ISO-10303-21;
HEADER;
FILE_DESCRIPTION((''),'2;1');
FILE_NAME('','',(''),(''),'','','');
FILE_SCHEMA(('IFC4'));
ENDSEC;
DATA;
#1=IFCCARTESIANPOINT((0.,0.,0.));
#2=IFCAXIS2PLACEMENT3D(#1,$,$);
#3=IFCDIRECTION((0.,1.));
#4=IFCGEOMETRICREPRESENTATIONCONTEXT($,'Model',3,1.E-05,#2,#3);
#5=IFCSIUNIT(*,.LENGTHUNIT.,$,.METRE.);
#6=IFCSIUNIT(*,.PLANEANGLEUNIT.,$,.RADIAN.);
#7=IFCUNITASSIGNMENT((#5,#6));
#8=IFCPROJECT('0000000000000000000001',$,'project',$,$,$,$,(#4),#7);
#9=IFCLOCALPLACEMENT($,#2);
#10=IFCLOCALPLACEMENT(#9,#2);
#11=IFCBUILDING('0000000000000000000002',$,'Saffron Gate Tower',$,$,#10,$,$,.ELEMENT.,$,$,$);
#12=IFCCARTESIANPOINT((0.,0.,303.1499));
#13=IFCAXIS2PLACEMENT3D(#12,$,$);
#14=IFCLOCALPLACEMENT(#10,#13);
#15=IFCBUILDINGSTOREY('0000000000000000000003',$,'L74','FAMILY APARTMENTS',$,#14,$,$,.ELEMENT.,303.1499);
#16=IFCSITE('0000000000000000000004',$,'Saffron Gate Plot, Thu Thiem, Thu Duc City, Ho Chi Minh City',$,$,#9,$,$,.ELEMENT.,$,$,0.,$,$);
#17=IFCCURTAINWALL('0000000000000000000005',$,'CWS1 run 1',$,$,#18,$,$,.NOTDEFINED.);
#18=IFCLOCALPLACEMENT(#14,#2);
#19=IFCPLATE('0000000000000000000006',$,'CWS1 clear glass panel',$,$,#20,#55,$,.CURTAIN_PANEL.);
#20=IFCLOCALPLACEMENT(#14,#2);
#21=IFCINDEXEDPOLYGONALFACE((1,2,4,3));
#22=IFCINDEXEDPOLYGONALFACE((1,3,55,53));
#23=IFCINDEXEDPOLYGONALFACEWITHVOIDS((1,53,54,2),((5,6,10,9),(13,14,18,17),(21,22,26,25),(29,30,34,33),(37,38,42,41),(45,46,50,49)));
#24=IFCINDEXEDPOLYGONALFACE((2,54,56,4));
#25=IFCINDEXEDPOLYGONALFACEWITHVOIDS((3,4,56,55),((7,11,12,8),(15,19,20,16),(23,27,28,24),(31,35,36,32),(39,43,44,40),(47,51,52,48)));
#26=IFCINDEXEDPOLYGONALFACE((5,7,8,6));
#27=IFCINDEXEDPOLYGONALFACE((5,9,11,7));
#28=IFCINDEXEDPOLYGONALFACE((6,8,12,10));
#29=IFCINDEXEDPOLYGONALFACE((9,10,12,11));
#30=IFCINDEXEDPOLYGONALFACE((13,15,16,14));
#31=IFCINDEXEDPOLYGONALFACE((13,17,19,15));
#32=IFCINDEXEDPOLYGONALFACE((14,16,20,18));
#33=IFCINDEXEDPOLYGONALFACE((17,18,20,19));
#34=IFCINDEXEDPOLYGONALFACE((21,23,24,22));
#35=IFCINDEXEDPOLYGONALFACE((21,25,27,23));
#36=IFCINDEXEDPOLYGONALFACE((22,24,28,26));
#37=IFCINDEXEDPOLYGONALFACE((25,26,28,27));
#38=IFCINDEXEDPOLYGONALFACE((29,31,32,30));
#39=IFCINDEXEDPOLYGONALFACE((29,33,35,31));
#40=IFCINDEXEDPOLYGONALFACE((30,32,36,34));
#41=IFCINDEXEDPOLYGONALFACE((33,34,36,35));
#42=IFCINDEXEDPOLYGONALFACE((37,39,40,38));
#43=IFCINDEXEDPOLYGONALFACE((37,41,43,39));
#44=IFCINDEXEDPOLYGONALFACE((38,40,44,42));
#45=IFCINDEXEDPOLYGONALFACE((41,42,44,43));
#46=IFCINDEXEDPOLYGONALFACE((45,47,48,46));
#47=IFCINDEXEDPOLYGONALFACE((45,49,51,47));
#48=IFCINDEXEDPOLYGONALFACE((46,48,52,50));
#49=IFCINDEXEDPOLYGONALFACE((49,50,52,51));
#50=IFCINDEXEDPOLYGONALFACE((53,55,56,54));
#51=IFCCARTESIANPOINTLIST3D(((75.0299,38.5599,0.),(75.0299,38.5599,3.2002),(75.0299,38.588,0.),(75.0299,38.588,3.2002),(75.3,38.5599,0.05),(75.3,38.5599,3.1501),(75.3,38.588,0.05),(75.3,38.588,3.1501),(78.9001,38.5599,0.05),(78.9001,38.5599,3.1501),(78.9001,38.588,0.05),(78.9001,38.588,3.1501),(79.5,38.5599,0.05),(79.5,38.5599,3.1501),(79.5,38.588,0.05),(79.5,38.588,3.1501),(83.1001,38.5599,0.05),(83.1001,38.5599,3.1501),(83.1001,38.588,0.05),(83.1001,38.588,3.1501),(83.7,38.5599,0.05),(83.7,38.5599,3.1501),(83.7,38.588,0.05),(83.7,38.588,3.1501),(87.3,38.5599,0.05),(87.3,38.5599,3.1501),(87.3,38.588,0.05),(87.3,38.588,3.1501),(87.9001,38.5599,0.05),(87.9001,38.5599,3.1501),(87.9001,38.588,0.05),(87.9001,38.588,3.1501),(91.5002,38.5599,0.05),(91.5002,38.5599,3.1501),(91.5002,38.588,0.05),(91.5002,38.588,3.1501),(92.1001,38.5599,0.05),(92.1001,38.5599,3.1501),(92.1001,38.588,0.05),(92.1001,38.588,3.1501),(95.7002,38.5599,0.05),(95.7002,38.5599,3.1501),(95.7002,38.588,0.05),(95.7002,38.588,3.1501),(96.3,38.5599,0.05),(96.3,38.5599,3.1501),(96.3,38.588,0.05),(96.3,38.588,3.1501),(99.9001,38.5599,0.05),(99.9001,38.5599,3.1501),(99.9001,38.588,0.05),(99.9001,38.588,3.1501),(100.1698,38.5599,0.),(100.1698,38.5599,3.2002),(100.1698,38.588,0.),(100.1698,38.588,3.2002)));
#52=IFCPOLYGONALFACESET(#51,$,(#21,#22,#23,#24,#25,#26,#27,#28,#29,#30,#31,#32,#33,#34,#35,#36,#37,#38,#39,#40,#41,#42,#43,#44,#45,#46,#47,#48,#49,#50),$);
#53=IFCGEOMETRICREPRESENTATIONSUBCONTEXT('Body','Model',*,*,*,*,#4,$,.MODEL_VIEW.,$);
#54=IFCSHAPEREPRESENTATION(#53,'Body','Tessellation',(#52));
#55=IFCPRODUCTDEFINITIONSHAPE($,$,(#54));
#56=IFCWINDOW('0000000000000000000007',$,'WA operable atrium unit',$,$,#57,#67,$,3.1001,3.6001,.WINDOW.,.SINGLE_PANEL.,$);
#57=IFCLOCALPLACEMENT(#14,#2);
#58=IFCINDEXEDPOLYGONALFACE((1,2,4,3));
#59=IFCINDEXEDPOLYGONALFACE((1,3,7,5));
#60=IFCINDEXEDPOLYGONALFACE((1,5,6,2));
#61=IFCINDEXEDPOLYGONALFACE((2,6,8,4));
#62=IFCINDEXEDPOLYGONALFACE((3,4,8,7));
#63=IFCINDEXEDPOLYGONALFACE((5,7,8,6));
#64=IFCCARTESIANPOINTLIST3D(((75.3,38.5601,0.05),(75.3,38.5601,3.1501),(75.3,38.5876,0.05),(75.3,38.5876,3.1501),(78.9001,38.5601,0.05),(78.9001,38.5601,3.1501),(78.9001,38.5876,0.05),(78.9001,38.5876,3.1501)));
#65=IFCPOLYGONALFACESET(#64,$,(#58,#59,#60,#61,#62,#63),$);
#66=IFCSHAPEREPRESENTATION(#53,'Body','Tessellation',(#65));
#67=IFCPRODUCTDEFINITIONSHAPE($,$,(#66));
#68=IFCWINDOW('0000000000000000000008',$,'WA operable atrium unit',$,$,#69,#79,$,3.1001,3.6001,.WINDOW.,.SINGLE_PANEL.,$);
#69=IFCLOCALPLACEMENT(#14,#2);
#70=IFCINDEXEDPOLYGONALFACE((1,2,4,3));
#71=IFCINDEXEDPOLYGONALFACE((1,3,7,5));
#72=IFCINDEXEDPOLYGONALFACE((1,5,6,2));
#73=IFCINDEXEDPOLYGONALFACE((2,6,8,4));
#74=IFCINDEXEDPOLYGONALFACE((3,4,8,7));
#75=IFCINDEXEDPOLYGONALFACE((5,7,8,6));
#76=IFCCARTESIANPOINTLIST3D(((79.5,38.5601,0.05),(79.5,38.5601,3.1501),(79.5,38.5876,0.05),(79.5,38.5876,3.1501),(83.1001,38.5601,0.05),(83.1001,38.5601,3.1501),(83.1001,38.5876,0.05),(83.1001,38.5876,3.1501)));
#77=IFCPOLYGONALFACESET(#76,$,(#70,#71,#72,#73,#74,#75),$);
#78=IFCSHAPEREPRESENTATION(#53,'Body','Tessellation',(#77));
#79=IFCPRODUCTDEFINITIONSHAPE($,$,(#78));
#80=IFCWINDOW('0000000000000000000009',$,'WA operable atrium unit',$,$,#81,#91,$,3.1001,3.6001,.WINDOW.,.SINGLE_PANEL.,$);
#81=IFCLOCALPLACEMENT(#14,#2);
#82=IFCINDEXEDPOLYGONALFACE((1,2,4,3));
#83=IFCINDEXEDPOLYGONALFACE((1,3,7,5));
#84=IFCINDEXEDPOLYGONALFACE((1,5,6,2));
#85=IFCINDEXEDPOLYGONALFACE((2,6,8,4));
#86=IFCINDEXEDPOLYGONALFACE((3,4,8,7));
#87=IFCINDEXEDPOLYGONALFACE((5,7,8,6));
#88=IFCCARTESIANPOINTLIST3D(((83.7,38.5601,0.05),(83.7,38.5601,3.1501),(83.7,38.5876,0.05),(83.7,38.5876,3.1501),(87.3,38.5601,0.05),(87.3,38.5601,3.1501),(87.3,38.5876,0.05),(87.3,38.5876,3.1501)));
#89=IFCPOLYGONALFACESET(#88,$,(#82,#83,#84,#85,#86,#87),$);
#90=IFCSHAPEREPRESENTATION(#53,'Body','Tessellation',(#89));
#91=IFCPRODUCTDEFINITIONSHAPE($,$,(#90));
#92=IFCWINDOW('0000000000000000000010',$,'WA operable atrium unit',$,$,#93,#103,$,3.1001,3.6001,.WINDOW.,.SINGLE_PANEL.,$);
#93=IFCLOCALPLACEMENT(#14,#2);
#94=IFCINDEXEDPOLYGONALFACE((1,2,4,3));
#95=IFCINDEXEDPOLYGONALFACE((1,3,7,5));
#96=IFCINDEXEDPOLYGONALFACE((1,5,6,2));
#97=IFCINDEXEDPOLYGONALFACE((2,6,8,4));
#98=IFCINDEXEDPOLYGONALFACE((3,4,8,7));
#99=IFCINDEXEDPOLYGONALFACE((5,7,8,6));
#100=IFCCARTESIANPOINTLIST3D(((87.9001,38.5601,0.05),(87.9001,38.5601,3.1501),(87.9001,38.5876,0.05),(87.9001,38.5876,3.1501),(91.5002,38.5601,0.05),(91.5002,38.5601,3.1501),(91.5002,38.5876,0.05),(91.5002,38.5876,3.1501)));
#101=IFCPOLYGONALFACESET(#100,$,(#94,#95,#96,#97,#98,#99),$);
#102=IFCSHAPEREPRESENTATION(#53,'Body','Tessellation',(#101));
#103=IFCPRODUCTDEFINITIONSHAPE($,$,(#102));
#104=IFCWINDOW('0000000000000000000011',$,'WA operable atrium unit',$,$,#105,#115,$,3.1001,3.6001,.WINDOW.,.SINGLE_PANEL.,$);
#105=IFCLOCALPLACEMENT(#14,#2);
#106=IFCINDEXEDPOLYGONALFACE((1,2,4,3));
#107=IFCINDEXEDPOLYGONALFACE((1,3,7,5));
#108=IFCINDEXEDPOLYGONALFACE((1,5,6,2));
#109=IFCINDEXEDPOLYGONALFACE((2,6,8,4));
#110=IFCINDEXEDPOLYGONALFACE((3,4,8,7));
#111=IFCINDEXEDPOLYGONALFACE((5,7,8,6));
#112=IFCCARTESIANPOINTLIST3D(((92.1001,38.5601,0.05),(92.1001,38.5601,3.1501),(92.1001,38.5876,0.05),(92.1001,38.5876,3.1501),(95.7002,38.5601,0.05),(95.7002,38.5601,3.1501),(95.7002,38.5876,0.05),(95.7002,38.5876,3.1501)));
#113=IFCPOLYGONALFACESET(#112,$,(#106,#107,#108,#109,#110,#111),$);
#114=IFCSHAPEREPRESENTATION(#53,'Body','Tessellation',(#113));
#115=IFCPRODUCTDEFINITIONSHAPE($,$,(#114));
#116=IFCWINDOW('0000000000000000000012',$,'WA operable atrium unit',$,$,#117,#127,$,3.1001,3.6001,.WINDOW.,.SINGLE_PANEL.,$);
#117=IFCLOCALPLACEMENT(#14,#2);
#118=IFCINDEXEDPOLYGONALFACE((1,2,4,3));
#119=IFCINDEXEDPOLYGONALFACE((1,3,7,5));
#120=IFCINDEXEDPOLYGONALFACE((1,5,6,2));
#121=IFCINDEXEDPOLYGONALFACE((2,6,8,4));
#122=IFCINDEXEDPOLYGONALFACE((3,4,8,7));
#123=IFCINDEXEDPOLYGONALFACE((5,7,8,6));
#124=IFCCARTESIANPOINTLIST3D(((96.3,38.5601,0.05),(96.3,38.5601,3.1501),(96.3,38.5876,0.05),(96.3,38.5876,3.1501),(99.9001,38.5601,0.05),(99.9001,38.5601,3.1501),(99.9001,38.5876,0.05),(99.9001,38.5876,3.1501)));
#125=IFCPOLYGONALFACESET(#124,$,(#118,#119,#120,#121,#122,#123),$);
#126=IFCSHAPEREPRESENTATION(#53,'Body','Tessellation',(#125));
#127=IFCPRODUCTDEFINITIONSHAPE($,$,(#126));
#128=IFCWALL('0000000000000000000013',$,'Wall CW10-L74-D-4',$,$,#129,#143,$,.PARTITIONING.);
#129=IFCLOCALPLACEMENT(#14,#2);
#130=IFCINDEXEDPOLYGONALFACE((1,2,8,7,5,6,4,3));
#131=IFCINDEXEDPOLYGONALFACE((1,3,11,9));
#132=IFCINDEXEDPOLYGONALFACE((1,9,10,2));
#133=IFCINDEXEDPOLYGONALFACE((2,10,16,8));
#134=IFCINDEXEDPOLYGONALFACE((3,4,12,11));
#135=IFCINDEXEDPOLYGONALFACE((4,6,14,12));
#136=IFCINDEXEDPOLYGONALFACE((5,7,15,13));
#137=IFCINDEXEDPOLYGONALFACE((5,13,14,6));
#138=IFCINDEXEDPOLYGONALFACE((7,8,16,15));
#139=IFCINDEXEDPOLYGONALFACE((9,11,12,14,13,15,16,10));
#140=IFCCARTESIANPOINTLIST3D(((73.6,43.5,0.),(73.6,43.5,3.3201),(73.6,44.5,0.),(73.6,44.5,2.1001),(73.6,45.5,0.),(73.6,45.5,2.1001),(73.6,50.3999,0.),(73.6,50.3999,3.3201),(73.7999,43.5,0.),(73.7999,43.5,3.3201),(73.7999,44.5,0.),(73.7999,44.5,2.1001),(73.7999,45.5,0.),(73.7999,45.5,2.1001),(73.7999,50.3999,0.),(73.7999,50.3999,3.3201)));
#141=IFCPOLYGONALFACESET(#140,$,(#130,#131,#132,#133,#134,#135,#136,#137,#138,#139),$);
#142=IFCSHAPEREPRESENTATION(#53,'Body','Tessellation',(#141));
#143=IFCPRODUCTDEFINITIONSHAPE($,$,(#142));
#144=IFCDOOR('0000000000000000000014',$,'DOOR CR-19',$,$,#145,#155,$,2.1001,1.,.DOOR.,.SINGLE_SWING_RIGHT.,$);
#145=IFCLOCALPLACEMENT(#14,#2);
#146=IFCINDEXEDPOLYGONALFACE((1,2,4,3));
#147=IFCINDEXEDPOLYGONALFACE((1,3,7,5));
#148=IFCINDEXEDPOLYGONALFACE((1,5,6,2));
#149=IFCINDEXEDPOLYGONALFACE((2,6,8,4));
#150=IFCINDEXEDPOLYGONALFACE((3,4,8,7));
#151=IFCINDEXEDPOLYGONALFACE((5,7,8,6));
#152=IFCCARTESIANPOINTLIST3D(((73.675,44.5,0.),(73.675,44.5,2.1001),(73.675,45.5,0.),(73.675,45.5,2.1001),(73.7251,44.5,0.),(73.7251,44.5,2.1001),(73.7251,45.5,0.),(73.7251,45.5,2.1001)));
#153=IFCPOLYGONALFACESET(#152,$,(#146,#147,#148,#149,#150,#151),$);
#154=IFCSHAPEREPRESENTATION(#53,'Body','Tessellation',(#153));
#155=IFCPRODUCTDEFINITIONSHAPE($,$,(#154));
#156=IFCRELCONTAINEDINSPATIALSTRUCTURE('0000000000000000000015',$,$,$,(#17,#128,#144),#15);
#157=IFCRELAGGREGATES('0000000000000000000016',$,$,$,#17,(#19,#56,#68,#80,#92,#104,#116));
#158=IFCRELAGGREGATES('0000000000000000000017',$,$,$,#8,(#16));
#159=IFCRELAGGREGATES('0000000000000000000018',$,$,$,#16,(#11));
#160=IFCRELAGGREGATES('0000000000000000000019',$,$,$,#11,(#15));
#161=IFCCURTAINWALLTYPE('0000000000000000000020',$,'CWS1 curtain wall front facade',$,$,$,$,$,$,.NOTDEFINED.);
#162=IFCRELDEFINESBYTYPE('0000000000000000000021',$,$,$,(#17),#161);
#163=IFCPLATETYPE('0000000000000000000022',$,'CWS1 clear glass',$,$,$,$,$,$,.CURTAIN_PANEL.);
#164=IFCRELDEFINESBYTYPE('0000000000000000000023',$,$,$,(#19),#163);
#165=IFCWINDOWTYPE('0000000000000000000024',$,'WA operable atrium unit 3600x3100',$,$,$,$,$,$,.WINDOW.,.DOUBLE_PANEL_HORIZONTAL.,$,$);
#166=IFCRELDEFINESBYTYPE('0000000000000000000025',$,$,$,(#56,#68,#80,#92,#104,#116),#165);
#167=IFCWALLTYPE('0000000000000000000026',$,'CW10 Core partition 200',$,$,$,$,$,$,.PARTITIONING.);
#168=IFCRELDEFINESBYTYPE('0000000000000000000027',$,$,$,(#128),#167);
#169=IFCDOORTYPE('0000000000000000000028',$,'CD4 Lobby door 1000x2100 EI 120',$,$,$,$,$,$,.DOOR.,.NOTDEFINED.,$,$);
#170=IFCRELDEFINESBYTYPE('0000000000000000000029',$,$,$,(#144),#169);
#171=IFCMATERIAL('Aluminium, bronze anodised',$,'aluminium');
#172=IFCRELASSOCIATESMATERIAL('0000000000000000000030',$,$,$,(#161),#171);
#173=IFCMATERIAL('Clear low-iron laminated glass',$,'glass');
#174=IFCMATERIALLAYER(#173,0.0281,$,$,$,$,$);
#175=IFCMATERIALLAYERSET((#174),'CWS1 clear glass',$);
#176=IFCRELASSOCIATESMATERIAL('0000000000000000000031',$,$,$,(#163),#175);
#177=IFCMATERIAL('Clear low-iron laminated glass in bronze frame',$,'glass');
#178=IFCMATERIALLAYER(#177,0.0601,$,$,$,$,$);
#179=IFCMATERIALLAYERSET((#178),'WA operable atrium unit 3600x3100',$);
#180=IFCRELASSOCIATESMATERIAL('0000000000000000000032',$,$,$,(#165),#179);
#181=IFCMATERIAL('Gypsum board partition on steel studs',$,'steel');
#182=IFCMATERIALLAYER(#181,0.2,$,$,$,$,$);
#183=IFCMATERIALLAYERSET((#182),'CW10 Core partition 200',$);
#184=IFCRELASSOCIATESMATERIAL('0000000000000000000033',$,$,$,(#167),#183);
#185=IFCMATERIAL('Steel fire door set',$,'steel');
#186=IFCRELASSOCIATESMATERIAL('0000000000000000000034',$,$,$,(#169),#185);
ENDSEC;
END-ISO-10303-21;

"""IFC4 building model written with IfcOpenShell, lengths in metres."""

from ifc_helpers import new_model, si_unit, direction, frame, frame_2d, origin, place, context, subcontext, project, spatial, rectangle, extrude, material, layer, layer_set, type_object, element, fill, aggregate, save


model = new_model("IFC4")

# Units and contexts
model_context = context("Model", 3, precision=1e-05, world=origin(), true_north=direction((0.0, 1.0)))
body_context = subcontext(model_context, "Body", "Model", "MODEL_VIEW")
ifc_project = project(units=[si_unit("LENGTHUNIT", "METRE"), si_unit("PLANEANGLEUNIT", "RADIAN")], contexts=[model_context])

# Site, building, storey
site_placement = place(None, origin())
site = spatial("IfcSite", under=ifc_project, at=site_placement, Name="Saffron Gate Plot, Thu Thiem, Thu Duc City, Ho Chi Minh City", CompositionType="ELEMENT", RefElevation=0.0)
building_placement = place(site_placement, origin())
building = spatial("IfcBuilding", under=site, at=building_placement, Name="Saffron Gate Tower", CompositionType="ELEMENT")
storey_placement = place(building_placement, frame((0.0, 0.0, 303.1499)))
storey = spatial("IfcBuildingStorey", under=building, at=storey_placement, Name="L74", Description="FAMILY APARTMENTS", CompositionType="ELEMENT", Elevation=303.1499)

# Curtain wall, plate, openings, windows
ifc_material_1 = material(Name="Aluminium, bronze anodised", Category="aluminium")
curtain_wall_type = type_object("IfcCurtainWallType", Name="CWS1 curtain wall front facade", PredefinedType="NOTDEFINED", material=ifc_material_1)
curtain_wall_placement = place(storey_placement, origin())
curtain_wall = element("IfcCurtainWall", 1, at=curtain_wall_placement, inside=storey, type_object=curtain_wall_type, Name="CWS1 run 1", PredefinedType="NOTDEFINED")
ifc_material_2 = material(Name="Clear low-iron laminated glass", Category="glass")
ifc_layer_1 = layer(ifc_material_2, 0.0281)
ifc_layer_set_1 = layer_set([ifc_layer_1], Name="CWS1 clear glass")
plate_type = type_object("IfcPlateType", Name="CWS1 clear glass", PredefinedType="CURTAIN_PANEL", material=ifc_layer_set_1)
plate_placement = place(storey_placement, frame((75.03, 38.574, 0.0), z_axis=(0.0, 0.0, 1.0), x_axis=(1.0, 0.0, 0.0)))
plate = element("IfcPlate", 2, at=plate_placement, type_object=plate_type, Name="CWS1 clear glass panel", PredefinedType="CURTAIN_PANEL", context=body_context, shape_type="SweptSolid", body=[
    extrude(rectangle(XDim=25.1399, YDim=0.0281, at=frame_2d((12.5698, 0.0))), origin(), (0.0, 0.0, 1.0), 3.2002),
])
opening_1_placement = place(plate_placement, frame((0.27, 0.0, 0.05)))
opening_1 = element("IfcOpeningElement", 3, at=opening_1_placement, cuts=plate, PredefinedType="OPENING", context=body_context, shape_type="SweptSolid", body=[
    extrude(rectangle(XDim=3.6001, YDim=3.1001, at=frame_2d((1.8, 1.55))), frame((0.0, 0.0239, 0.0), z_axis=(0.0, -1.0, 0.0), x_axis=(1.0, 0.0, 0.0)), (0.0, 0.0, 1.0), 0.0481),
])
opening_2_placement = place(plate_placement, frame((4.47, 0.0, 0.05)))
opening_2 = element("IfcOpeningElement", 4, at=opening_2_placement, cuts=plate, PredefinedType="OPENING", context=body_context, shape_type="SweptSolid", body=[
    extrude(rectangle(XDim=3.6001, YDim=3.1001, at=frame_2d((1.8, 1.55))), frame((0.0, 0.0239, 0.0), z_axis=(0.0, -1.0, 0.0), x_axis=(1.0, 0.0, 0.0)), (0.0, 0.0, 1.0), 0.0481),
])
opening_3_placement = place(plate_placement, frame((8.6699, 0.0, 0.05)))
opening_3 = element("IfcOpeningElement", 5, at=opening_3_placement, cuts=plate, PredefinedType="OPENING", context=body_context, shape_type="SweptSolid", body=[
    extrude(rectangle(XDim=3.6001, YDim=3.1001, at=frame_2d((1.8, 1.55))), frame((0.0, 0.0239, 0.0), z_axis=(0.0, -1.0, 0.0), x_axis=(1.0, 0.0, 0.0)), (0.0, 0.0, 1.0), 0.0481),
])
opening_4_placement = place(plate_placement, frame((12.8701, 0.0, 0.05)))
opening_4 = element("IfcOpeningElement", 6, at=opening_4_placement, cuts=plate, PredefinedType="OPENING", context=body_context, shape_type="SweptSolid", body=[
    extrude(rectangle(XDim=3.6001, YDim=3.1001, at=frame_2d((1.8, 1.55))), frame((0.0, 0.0239, 0.0), z_axis=(0.0, -1.0, 0.0), x_axis=(1.0, 0.0, 0.0)), (0.0, 0.0, 1.0), 0.0481),
])
opening_5_placement = place(plate_placement, frame((17.0701, 0.0, 0.05)))
opening_5 = element("IfcOpeningElement", 7, at=opening_5_placement, cuts=plate, PredefinedType="OPENING", context=body_context, shape_type="SweptSolid", body=[
    extrude(rectangle(XDim=3.6001, YDim=3.1001, at=frame_2d((1.8, 1.55))), frame((0.0, 0.0239, 0.0), z_axis=(0.0, -1.0, 0.0), x_axis=(1.0, 0.0, 0.0)), (0.0, 0.0, 1.0), 0.0481),
])
opening_6_placement = place(plate_placement, frame((21.27, 0.0, 0.05)))
opening_6 = element("IfcOpeningElement", 8, at=opening_6_placement, cuts=plate, PredefinedType="OPENING", context=body_context, shape_type="SweptSolid", body=[
    extrude(rectangle(XDim=3.6001, YDim=3.1001, at=frame_2d((1.8, 1.55))), frame((0.0, 0.0239, 0.0), z_axis=(0.0, -1.0, 0.0), x_axis=(1.0, 0.0, 0.0)), (0.0, 0.0, 1.0), 0.0481),
])
ifc_material_3 = material(Name="Clear low-iron laminated glass in bronze frame", Category="glass")
ifc_layer_2 = layer(ifc_material_3, 0.0601)
ifc_layer_set_2 = layer_set([ifc_layer_2], Name="WA operable atrium unit 3600x3100")
window_type = type_object("IfcWindowType", Name="WA operable atrium unit 3600x3100", PartitioningType="DOUBLE_PANEL_HORIZONTAL", PredefinedType="WINDOW", material=ifc_layer_set_2)
window_1_placement = place(opening_1_placement, origin())
window_1 = element("IfcWindow", 9, at=window_1_placement, type_object=window_type, Name="WA operable atrium unit", OverallHeight=3.1001, OverallWidth=3.6001, PartitioningType="SINGLE_PANEL", PredefinedType="WINDOW", context=body_context, shape_type="SweptSolid", body=[
    extrude(rectangle(XDim=3.6001, YDim=3.1001, at=frame_2d((1.8, 1.55))), frame((0.0, 0.0137, 0.0), z_axis=(0.0, -1.0, 0.0), x_axis=(1.0, 0.0, 0.0)), (0.0, 0.0, 1.0), 0.0276),
])
fill(opening_1, window_1)
window_2_placement = place(opening_2_placement, origin())
window_2 = element("IfcWindow", 10, at=window_2_placement, type_object=window_type, Name="WA operable atrium unit", OverallHeight=3.1001, OverallWidth=3.6001, PartitioningType="SINGLE_PANEL", PredefinedType="WINDOW", context=body_context, shape_type="SweptSolid", body=[
    extrude(rectangle(XDim=3.6001, YDim=3.1001, at=frame_2d((1.8, 1.55))), frame((0.0, 0.0137, 0.0), z_axis=(0.0, -1.0, 0.0), x_axis=(1.0, 0.0, 0.0)), (0.0, 0.0, 1.0), 0.0276),
])
fill(opening_2, window_2)
window_3_placement = place(opening_3_placement, origin())
window_3 = element("IfcWindow", 11, at=window_3_placement, type_object=window_type, Name="WA operable atrium unit", OverallHeight=3.1001, OverallWidth=3.6001, PartitioningType="SINGLE_PANEL", PredefinedType="WINDOW", context=body_context, shape_type="SweptSolid", body=[
    extrude(rectangle(XDim=3.6001, YDim=3.1001, at=frame_2d((1.8, 1.55))), frame((0.0, 0.0137, 0.0), z_axis=(0.0, -1.0, 0.0), x_axis=(1.0, 0.0, 0.0)), (0.0, 0.0, 1.0), 0.0276),
])
fill(opening_3, window_3)
window_4_placement = place(opening_4_placement, origin())
window_4 = element("IfcWindow", 12, at=window_4_placement, type_object=window_type, Name="WA operable atrium unit", OverallHeight=3.1001, OverallWidth=3.6001, PartitioningType="SINGLE_PANEL", PredefinedType="WINDOW", context=body_context, shape_type="SweptSolid", body=[
    extrude(rectangle(XDim=3.6001, YDim=3.1001, at=frame_2d((1.8, 1.55))), frame((0.0, 0.0137, 0.0), z_axis=(0.0, -1.0, 0.0), x_axis=(1.0, 0.0, 0.0)), (0.0, 0.0, 1.0), 0.0276),
])
fill(opening_4, window_4)
window_5_placement = place(opening_5_placement, origin())
window_5 = element("IfcWindow", 13, at=window_5_placement, type_object=window_type, Name="WA operable atrium unit", OverallHeight=3.1001, OverallWidth=3.6001, PartitioningType="SINGLE_PANEL", PredefinedType="WINDOW", context=body_context, shape_type="SweptSolid", body=[
    extrude(rectangle(XDim=3.6001, YDim=3.1001, at=frame_2d((1.8, 1.55))), frame((0.0, 0.0137, 0.0), z_axis=(0.0, -1.0, 0.0), x_axis=(1.0, 0.0, 0.0)), (0.0, 0.0, 1.0), 0.0276),
])
fill(opening_5, window_5)
window_6_placement = place(opening_6_placement, origin())
window_6 = element("IfcWindow", 14, at=window_6_placement, type_object=window_type, Name="WA operable atrium unit", OverallHeight=3.1001, OverallWidth=3.6001, PartitioningType="SINGLE_PANEL", PredefinedType="WINDOW", context=body_context, shape_type="SweptSolid", body=[
    extrude(rectangle(XDim=3.6001, YDim=3.1001, at=frame_2d((1.8, 1.55))), frame((0.0, 0.0137, 0.0), z_axis=(0.0, -1.0, 0.0), x_axis=(1.0, 0.0, 0.0)), (0.0, 0.0, 1.0), 0.0276),
])
fill(opening_6, window_6)
aggregate(curtain_wall, [plate, window_1, window_2, window_3, window_4, window_5, window_6])

# Wall, opening, door
ifc_material_4 = material(Name="Gypsum board partition on steel studs", Category="steel")
ifc_layer_3 = layer(ifc_material_4, 0.2)
ifc_layer_set_3 = layer_set([ifc_layer_3], Name="CW10 Core partition 200")
wall_type_1 = type_object("IfcWallType", Name="CW10 Core partition 200", PredefinedType="PARTITIONING", material=ifc_layer_set_3)
wall_1_placement = place(storey_placement, frame((73.7, 43.5, 0.0), z_axis=(0.0, 0.0, 1.0), x_axis=(0.0, 1.0, 0.0)))
wall_1 = element("IfcWall", 15, at=wall_1_placement, inside=storey, type_object=wall_type_1, Name="Wall CW10-L74-D-4", PredefinedType="PARTITIONING", context=body_context, shape_type="SweptSolid", body=[
    extrude(rectangle(XDim=6.8999, YDim=0.2, at=frame_2d((3.45, 0.0))), origin(), (0.0, 0.0, 1.0), 3.3201),
])
opening_7_placement = place(wall_1_placement, frame((1.0, 0.0, 0.0)))
opening_7 = element("IfcOpeningElement", 16, at=opening_7_placement, cuts=wall_1, PredefinedType="OPENING", context=body_context, shape_type="SweptSolid", body=[
    extrude(rectangle(XDim=1.0, YDim=2.1001, at=frame_2d((0.5, 1.05))), frame((0.0, 0.1099, 0.0), z_axis=(0.0, -1.0, 0.0), x_axis=(1.0, 0.0, 0.0)), (0.0, 0.0, 1.0), 0.22),
])
ifc_material_5 = material(Name="Steel fire door set", Category="steel")
door_type_1 = type_object("IfcDoorType", Name="CD4 Lobby door 1000x2100 EI 120", OperationType="NOTDEFINED", PredefinedType="DOOR", material=ifc_material_5)
door_1_placement = place(opening_7_placement, origin())
door_1 = element("IfcDoor", 17, at=door_1_placement, inside=storey, type_object=door_type_1, Name="DOOR CR-19", OperationType="SINGLE_SWING_RIGHT", OverallHeight=2.1001, OverallWidth=1.0, PredefinedType="DOOR", context=body_context, shape_type="SweptSolid", body=[
    extrude(rectangle(XDim=1.0, YDim=2.1001, at=frame_2d((0.5, 1.05))), frame((0.0, 0.0249, 0.0), z_axis=(0.0, -1.0, 0.0), x_axis=(1.0, 0.0, 0.0)), (0.0, 0.0, 1.0), 0.05),
])
fill(opening_7, door_1)

save(model, "model.ifc")
